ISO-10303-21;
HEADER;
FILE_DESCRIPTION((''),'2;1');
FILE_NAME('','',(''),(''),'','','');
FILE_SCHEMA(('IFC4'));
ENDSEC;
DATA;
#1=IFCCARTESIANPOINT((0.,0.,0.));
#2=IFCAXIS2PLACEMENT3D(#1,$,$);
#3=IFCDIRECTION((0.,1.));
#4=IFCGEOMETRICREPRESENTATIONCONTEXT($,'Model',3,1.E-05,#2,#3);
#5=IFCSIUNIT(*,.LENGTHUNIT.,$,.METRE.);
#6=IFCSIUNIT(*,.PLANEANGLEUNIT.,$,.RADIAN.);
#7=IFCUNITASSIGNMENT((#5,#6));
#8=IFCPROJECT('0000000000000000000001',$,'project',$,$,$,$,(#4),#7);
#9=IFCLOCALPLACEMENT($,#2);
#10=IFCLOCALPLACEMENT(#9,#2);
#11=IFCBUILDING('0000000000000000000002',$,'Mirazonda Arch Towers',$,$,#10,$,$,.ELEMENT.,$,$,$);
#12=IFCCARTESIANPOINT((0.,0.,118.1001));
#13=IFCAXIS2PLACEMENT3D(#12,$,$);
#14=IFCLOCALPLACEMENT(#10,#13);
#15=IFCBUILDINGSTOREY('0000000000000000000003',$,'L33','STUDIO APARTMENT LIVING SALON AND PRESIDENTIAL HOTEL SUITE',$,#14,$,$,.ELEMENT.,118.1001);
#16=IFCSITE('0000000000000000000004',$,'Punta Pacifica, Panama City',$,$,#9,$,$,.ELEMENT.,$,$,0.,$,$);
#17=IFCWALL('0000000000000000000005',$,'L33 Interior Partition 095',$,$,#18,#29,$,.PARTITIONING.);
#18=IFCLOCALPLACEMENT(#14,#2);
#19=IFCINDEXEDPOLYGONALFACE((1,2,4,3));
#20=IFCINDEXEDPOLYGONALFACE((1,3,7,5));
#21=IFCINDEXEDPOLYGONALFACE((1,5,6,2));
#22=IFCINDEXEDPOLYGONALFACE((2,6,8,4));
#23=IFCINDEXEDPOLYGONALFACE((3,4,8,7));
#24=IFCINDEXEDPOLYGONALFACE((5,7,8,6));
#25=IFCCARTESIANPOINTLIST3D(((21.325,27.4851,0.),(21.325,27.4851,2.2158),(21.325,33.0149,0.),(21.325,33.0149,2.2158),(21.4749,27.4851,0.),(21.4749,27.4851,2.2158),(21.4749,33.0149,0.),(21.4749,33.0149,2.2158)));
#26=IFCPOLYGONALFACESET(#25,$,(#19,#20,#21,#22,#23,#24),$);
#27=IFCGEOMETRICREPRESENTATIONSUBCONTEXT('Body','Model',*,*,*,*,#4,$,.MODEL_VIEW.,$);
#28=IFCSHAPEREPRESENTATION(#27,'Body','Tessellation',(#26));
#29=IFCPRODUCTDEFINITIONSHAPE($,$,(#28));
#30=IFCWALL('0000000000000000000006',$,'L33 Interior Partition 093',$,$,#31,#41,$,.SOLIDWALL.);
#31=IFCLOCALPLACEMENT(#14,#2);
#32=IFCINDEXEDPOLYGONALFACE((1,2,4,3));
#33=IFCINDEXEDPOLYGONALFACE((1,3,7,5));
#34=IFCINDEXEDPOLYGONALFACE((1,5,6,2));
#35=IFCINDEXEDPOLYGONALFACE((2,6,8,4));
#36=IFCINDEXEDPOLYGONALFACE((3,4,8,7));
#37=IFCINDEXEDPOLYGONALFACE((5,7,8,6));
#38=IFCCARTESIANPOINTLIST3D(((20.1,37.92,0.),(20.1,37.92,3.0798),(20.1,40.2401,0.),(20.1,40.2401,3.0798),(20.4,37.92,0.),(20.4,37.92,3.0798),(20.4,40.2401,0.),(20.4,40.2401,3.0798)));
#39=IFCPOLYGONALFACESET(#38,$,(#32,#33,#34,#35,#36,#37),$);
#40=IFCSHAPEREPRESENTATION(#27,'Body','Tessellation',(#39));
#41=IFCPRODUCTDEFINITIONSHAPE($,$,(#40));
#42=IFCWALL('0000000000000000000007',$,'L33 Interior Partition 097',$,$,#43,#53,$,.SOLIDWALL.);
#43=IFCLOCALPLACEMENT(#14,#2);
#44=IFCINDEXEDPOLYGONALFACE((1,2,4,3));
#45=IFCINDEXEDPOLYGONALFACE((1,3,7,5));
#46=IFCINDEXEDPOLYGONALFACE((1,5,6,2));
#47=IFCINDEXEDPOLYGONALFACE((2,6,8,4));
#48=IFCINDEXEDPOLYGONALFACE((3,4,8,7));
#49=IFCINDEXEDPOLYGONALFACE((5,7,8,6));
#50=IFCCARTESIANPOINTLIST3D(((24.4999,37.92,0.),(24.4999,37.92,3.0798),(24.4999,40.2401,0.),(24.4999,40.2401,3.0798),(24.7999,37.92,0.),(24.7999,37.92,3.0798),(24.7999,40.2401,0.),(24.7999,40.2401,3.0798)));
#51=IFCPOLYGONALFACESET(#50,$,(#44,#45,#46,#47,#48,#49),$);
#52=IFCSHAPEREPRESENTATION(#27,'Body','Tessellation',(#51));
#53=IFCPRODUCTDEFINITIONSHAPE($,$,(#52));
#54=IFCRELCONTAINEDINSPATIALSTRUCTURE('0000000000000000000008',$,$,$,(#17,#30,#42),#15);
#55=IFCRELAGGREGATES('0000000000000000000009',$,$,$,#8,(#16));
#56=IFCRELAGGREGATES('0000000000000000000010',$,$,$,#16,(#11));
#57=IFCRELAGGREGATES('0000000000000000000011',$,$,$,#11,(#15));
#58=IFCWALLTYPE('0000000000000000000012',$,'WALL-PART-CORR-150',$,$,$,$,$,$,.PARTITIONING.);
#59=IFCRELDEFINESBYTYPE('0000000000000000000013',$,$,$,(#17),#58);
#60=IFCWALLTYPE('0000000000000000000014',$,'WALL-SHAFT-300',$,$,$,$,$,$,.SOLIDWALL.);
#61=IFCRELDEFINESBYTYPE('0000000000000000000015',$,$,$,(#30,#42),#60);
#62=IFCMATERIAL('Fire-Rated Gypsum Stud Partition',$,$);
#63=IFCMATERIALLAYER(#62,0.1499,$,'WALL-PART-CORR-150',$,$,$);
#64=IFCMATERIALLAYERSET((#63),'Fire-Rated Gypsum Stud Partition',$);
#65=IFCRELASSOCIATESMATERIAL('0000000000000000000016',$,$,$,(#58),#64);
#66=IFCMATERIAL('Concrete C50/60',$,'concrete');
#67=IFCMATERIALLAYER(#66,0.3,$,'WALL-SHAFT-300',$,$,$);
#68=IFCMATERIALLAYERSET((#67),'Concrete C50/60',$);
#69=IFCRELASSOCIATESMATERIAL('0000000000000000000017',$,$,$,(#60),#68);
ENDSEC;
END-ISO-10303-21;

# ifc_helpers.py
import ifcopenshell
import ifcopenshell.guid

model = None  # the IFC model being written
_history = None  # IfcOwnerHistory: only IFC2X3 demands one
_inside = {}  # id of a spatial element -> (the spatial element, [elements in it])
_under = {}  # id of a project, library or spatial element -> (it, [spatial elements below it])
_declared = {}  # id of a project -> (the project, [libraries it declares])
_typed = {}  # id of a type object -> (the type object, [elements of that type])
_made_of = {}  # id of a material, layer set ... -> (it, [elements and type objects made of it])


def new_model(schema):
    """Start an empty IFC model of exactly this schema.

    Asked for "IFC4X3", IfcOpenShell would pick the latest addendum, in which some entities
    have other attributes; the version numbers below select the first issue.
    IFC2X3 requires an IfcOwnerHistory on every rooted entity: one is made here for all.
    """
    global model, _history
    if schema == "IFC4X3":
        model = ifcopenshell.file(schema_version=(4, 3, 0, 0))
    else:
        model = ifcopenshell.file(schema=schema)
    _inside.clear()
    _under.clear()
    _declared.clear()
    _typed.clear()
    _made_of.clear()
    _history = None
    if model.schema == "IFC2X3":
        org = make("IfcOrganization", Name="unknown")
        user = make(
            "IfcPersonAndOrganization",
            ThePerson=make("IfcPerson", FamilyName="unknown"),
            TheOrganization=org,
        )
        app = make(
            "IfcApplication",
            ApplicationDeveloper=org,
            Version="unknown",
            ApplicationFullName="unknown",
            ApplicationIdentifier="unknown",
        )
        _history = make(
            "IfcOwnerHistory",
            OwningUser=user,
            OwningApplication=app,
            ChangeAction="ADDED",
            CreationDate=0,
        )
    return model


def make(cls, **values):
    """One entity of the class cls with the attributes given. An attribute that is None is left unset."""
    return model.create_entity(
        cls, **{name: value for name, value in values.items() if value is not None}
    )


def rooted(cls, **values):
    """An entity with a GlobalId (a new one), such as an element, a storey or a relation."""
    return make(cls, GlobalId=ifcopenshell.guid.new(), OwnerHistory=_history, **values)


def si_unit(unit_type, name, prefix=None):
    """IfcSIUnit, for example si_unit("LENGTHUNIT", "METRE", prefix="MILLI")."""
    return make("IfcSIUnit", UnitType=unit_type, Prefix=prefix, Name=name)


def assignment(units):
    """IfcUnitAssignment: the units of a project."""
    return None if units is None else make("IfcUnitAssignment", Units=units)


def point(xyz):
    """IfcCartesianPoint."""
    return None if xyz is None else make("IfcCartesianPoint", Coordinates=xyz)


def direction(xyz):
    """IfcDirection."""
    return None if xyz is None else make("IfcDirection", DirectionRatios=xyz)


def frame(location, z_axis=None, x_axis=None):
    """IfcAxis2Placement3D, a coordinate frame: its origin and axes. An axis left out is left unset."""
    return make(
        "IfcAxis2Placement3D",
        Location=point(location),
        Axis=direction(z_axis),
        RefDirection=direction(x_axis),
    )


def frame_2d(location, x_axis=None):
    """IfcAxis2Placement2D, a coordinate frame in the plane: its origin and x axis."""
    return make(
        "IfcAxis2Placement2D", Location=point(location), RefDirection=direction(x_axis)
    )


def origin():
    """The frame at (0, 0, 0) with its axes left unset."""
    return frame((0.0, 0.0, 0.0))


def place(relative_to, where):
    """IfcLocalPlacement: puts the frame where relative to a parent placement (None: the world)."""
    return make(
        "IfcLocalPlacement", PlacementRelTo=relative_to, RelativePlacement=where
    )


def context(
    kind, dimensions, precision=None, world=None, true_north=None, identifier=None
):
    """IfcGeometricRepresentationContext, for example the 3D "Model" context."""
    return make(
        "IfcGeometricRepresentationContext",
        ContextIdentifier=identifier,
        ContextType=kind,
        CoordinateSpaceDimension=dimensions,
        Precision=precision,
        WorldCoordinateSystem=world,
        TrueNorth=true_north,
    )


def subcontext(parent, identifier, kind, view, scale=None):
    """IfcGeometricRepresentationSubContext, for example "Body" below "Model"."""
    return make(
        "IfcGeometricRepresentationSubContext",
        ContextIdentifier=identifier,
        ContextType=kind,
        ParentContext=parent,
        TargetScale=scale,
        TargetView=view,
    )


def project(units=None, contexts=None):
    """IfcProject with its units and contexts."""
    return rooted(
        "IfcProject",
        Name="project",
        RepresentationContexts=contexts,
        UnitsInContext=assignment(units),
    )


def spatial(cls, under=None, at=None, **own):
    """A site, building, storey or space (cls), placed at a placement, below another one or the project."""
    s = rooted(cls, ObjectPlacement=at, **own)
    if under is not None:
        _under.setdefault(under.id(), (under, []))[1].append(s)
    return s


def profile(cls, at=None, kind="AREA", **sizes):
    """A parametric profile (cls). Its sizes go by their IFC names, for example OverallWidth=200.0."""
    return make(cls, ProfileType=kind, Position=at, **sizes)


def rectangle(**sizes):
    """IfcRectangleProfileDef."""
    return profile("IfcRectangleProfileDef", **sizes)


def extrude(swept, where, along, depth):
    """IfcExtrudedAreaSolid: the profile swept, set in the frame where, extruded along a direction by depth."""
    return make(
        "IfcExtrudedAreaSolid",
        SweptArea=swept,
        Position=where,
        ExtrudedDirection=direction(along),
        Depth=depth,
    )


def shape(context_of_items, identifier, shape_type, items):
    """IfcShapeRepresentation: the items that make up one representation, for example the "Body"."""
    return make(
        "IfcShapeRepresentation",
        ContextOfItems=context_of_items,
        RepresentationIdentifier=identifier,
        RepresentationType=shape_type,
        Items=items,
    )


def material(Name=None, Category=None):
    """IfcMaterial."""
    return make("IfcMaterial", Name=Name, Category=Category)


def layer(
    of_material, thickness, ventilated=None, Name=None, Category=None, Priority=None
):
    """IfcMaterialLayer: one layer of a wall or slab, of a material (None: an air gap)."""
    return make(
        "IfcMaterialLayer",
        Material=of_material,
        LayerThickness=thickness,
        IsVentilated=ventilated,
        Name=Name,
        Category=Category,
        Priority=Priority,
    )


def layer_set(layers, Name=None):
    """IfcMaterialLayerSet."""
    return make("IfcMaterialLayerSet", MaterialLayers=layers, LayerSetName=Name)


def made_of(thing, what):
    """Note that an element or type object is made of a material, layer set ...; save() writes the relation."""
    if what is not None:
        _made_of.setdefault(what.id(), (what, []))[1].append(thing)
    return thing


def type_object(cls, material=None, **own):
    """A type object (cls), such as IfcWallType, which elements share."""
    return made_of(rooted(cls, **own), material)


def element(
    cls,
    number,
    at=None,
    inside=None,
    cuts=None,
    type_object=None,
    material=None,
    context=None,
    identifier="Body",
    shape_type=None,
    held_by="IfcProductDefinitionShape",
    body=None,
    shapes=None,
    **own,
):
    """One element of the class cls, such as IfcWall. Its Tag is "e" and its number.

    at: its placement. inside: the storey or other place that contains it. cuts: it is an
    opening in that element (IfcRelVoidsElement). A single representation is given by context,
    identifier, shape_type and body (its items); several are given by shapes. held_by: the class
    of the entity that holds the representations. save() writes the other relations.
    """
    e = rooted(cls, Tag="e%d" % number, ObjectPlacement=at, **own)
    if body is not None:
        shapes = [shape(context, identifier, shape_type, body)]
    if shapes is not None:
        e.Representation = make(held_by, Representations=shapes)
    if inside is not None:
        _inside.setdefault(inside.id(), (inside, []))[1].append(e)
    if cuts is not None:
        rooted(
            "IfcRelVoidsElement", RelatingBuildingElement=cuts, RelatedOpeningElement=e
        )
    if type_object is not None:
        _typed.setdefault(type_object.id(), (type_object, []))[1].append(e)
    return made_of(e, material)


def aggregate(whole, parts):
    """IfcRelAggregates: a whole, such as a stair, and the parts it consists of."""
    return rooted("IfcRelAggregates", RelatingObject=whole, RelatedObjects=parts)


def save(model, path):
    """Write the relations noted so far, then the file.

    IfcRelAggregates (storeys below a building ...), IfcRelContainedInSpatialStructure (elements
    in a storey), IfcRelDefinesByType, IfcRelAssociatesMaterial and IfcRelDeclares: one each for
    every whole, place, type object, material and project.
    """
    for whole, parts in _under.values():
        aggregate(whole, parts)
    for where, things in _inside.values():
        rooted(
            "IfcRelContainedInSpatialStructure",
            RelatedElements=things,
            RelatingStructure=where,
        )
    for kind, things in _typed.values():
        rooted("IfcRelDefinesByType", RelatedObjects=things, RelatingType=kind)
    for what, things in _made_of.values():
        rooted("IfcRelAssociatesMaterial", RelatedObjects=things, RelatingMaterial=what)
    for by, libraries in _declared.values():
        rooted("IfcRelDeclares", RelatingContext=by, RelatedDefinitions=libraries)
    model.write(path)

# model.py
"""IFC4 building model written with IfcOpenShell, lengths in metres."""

from ifc_helpers import new_model, si_unit, direction, frame, frame_2d, origin, place, context, subcontext, project, spatial, rectangle, extrude, material, layer, layer_set, type_object, element, save


model = new_model("IFC4")

# Units and contexts
model_context = context("Model", 3, precision=1e-05, world=origin(), true_north=direction((0.0, 1.0)))
body_context = subcontext(model_context, "Body", "Model", "MODEL_VIEW")
ifc_project = project(units=[si_unit("LENGTHUNIT", "METRE"), si_unit("PLANEANGLEUNIT", "RADIAN")], contexts=[model_context])

# Site, building, storey
site_placement = place(None, origin())
site = spatial("IfcSite", under=ifc_project, at=site_placement, Name="Punta Pacifica, Panama City", CompositionType="ELEMENT", RefElevation=0.0)
building_placement = place(site_placement, origin())
building = spatial("IfcBuilding", under=site, at=building_placement, Name="Mirazonda Arch Towers", CompositionType="ELEMENT")
storey_placement = place(building_placement, frame((0.0, 0.0, 118.1001)))
storey = spatial("IfcBuildingStorey", under=building, at=storey_placement, Name="L33", Description="STUDIO APARTMENT LIVING SALON AND PRESIDENTIAL HOTEL SUITE", CompositionType="ELEMENT", Elevation=118.1001)

# Shared definitions
ifc_material_1 = material(Name="Fire-Rated Gypsum Stud Partition")
ifc_layer_1 = layer(ifc_material_1, 0.1499, Name="WALL-PART-CORR-150")
ifc_layer_set_1 = layer_set([ifc_layer_1], Name="Fire-Rated Gypsum Stud Partition")
wall_type_1 = type_object("IfcWallType", Name="WALL-PART-CORR-150", PredefinedType="PARTITIONING", material=ifc_layer_set_1)

# Walls
for number, where, z_axis, x_axis, name in (
    (1, (21.3999, 27.4851, 0.0), (0.0, 0.0, 1.0), (0.0, 1.0, 0.0), "L33 Interior Partition 095"),
):
    element("IfcWall", number, at=place(storey_placement, frame(where, z_axis=z_axis, x_axis=x_axis)), inside=storey, type_object=wall_type_1, Name=name, PredefinedType="PARTITIONING", context=body_context, shape_type="SweptSolid", body=[
        extrude(rectangle(XDim=5.5298, YDim=0.1499, at=frame_2d((2.7649, 0.0))), origin(), (0.0, 0.0, 1.0), 2.2158),
    ])
ifc_material_2 = material(Name="Concrete C50/60", Category="concrete")
ifc_layer_2 = layer(ifc_material_2, 0.3, Name="WALL-SHAFT-300")
ifc_layer_set_2 = layer_set([ifc_layer_2], Name="Concrete C50/60")
wall_type_2 = type_object("IfcWallType", Name="WALL-SHAFT-300", PredefinedType="SOLIDWALL", material=ifc_layer_set_2)
for number, where, z_axis, x_axis, name in (
    (2, (20.25, 37.9199, 0.0), (0.0, 0.0, 1.0), (0.0, 1.0, 0.0), "L33 Interior Partition 093"),
    (3, (24.6499, 37.9199, 0.0), (0.0, 0.0, 1.0), (0.0, 1.0, 0.0), "L33 Interior Partition 097"),
):
    element("IfcWall", number, at=place(storey_placement, frame(where, z_axis=z_axis, x_axis=x_axis)), inside=storey, type_object=wall_type_2, Name=name, PredefinedType="SOLIDWALL", context=body_context, shape_type="SweptSolid", body=[
        extrude(rectangle(XDim=2.3201, YDim=0.3, at=frame_2d((1.1602, 0.0))), origin(), (0.0, 0.0, 1.0), 3.0798),
    ])

save(model, "model.ifc")
